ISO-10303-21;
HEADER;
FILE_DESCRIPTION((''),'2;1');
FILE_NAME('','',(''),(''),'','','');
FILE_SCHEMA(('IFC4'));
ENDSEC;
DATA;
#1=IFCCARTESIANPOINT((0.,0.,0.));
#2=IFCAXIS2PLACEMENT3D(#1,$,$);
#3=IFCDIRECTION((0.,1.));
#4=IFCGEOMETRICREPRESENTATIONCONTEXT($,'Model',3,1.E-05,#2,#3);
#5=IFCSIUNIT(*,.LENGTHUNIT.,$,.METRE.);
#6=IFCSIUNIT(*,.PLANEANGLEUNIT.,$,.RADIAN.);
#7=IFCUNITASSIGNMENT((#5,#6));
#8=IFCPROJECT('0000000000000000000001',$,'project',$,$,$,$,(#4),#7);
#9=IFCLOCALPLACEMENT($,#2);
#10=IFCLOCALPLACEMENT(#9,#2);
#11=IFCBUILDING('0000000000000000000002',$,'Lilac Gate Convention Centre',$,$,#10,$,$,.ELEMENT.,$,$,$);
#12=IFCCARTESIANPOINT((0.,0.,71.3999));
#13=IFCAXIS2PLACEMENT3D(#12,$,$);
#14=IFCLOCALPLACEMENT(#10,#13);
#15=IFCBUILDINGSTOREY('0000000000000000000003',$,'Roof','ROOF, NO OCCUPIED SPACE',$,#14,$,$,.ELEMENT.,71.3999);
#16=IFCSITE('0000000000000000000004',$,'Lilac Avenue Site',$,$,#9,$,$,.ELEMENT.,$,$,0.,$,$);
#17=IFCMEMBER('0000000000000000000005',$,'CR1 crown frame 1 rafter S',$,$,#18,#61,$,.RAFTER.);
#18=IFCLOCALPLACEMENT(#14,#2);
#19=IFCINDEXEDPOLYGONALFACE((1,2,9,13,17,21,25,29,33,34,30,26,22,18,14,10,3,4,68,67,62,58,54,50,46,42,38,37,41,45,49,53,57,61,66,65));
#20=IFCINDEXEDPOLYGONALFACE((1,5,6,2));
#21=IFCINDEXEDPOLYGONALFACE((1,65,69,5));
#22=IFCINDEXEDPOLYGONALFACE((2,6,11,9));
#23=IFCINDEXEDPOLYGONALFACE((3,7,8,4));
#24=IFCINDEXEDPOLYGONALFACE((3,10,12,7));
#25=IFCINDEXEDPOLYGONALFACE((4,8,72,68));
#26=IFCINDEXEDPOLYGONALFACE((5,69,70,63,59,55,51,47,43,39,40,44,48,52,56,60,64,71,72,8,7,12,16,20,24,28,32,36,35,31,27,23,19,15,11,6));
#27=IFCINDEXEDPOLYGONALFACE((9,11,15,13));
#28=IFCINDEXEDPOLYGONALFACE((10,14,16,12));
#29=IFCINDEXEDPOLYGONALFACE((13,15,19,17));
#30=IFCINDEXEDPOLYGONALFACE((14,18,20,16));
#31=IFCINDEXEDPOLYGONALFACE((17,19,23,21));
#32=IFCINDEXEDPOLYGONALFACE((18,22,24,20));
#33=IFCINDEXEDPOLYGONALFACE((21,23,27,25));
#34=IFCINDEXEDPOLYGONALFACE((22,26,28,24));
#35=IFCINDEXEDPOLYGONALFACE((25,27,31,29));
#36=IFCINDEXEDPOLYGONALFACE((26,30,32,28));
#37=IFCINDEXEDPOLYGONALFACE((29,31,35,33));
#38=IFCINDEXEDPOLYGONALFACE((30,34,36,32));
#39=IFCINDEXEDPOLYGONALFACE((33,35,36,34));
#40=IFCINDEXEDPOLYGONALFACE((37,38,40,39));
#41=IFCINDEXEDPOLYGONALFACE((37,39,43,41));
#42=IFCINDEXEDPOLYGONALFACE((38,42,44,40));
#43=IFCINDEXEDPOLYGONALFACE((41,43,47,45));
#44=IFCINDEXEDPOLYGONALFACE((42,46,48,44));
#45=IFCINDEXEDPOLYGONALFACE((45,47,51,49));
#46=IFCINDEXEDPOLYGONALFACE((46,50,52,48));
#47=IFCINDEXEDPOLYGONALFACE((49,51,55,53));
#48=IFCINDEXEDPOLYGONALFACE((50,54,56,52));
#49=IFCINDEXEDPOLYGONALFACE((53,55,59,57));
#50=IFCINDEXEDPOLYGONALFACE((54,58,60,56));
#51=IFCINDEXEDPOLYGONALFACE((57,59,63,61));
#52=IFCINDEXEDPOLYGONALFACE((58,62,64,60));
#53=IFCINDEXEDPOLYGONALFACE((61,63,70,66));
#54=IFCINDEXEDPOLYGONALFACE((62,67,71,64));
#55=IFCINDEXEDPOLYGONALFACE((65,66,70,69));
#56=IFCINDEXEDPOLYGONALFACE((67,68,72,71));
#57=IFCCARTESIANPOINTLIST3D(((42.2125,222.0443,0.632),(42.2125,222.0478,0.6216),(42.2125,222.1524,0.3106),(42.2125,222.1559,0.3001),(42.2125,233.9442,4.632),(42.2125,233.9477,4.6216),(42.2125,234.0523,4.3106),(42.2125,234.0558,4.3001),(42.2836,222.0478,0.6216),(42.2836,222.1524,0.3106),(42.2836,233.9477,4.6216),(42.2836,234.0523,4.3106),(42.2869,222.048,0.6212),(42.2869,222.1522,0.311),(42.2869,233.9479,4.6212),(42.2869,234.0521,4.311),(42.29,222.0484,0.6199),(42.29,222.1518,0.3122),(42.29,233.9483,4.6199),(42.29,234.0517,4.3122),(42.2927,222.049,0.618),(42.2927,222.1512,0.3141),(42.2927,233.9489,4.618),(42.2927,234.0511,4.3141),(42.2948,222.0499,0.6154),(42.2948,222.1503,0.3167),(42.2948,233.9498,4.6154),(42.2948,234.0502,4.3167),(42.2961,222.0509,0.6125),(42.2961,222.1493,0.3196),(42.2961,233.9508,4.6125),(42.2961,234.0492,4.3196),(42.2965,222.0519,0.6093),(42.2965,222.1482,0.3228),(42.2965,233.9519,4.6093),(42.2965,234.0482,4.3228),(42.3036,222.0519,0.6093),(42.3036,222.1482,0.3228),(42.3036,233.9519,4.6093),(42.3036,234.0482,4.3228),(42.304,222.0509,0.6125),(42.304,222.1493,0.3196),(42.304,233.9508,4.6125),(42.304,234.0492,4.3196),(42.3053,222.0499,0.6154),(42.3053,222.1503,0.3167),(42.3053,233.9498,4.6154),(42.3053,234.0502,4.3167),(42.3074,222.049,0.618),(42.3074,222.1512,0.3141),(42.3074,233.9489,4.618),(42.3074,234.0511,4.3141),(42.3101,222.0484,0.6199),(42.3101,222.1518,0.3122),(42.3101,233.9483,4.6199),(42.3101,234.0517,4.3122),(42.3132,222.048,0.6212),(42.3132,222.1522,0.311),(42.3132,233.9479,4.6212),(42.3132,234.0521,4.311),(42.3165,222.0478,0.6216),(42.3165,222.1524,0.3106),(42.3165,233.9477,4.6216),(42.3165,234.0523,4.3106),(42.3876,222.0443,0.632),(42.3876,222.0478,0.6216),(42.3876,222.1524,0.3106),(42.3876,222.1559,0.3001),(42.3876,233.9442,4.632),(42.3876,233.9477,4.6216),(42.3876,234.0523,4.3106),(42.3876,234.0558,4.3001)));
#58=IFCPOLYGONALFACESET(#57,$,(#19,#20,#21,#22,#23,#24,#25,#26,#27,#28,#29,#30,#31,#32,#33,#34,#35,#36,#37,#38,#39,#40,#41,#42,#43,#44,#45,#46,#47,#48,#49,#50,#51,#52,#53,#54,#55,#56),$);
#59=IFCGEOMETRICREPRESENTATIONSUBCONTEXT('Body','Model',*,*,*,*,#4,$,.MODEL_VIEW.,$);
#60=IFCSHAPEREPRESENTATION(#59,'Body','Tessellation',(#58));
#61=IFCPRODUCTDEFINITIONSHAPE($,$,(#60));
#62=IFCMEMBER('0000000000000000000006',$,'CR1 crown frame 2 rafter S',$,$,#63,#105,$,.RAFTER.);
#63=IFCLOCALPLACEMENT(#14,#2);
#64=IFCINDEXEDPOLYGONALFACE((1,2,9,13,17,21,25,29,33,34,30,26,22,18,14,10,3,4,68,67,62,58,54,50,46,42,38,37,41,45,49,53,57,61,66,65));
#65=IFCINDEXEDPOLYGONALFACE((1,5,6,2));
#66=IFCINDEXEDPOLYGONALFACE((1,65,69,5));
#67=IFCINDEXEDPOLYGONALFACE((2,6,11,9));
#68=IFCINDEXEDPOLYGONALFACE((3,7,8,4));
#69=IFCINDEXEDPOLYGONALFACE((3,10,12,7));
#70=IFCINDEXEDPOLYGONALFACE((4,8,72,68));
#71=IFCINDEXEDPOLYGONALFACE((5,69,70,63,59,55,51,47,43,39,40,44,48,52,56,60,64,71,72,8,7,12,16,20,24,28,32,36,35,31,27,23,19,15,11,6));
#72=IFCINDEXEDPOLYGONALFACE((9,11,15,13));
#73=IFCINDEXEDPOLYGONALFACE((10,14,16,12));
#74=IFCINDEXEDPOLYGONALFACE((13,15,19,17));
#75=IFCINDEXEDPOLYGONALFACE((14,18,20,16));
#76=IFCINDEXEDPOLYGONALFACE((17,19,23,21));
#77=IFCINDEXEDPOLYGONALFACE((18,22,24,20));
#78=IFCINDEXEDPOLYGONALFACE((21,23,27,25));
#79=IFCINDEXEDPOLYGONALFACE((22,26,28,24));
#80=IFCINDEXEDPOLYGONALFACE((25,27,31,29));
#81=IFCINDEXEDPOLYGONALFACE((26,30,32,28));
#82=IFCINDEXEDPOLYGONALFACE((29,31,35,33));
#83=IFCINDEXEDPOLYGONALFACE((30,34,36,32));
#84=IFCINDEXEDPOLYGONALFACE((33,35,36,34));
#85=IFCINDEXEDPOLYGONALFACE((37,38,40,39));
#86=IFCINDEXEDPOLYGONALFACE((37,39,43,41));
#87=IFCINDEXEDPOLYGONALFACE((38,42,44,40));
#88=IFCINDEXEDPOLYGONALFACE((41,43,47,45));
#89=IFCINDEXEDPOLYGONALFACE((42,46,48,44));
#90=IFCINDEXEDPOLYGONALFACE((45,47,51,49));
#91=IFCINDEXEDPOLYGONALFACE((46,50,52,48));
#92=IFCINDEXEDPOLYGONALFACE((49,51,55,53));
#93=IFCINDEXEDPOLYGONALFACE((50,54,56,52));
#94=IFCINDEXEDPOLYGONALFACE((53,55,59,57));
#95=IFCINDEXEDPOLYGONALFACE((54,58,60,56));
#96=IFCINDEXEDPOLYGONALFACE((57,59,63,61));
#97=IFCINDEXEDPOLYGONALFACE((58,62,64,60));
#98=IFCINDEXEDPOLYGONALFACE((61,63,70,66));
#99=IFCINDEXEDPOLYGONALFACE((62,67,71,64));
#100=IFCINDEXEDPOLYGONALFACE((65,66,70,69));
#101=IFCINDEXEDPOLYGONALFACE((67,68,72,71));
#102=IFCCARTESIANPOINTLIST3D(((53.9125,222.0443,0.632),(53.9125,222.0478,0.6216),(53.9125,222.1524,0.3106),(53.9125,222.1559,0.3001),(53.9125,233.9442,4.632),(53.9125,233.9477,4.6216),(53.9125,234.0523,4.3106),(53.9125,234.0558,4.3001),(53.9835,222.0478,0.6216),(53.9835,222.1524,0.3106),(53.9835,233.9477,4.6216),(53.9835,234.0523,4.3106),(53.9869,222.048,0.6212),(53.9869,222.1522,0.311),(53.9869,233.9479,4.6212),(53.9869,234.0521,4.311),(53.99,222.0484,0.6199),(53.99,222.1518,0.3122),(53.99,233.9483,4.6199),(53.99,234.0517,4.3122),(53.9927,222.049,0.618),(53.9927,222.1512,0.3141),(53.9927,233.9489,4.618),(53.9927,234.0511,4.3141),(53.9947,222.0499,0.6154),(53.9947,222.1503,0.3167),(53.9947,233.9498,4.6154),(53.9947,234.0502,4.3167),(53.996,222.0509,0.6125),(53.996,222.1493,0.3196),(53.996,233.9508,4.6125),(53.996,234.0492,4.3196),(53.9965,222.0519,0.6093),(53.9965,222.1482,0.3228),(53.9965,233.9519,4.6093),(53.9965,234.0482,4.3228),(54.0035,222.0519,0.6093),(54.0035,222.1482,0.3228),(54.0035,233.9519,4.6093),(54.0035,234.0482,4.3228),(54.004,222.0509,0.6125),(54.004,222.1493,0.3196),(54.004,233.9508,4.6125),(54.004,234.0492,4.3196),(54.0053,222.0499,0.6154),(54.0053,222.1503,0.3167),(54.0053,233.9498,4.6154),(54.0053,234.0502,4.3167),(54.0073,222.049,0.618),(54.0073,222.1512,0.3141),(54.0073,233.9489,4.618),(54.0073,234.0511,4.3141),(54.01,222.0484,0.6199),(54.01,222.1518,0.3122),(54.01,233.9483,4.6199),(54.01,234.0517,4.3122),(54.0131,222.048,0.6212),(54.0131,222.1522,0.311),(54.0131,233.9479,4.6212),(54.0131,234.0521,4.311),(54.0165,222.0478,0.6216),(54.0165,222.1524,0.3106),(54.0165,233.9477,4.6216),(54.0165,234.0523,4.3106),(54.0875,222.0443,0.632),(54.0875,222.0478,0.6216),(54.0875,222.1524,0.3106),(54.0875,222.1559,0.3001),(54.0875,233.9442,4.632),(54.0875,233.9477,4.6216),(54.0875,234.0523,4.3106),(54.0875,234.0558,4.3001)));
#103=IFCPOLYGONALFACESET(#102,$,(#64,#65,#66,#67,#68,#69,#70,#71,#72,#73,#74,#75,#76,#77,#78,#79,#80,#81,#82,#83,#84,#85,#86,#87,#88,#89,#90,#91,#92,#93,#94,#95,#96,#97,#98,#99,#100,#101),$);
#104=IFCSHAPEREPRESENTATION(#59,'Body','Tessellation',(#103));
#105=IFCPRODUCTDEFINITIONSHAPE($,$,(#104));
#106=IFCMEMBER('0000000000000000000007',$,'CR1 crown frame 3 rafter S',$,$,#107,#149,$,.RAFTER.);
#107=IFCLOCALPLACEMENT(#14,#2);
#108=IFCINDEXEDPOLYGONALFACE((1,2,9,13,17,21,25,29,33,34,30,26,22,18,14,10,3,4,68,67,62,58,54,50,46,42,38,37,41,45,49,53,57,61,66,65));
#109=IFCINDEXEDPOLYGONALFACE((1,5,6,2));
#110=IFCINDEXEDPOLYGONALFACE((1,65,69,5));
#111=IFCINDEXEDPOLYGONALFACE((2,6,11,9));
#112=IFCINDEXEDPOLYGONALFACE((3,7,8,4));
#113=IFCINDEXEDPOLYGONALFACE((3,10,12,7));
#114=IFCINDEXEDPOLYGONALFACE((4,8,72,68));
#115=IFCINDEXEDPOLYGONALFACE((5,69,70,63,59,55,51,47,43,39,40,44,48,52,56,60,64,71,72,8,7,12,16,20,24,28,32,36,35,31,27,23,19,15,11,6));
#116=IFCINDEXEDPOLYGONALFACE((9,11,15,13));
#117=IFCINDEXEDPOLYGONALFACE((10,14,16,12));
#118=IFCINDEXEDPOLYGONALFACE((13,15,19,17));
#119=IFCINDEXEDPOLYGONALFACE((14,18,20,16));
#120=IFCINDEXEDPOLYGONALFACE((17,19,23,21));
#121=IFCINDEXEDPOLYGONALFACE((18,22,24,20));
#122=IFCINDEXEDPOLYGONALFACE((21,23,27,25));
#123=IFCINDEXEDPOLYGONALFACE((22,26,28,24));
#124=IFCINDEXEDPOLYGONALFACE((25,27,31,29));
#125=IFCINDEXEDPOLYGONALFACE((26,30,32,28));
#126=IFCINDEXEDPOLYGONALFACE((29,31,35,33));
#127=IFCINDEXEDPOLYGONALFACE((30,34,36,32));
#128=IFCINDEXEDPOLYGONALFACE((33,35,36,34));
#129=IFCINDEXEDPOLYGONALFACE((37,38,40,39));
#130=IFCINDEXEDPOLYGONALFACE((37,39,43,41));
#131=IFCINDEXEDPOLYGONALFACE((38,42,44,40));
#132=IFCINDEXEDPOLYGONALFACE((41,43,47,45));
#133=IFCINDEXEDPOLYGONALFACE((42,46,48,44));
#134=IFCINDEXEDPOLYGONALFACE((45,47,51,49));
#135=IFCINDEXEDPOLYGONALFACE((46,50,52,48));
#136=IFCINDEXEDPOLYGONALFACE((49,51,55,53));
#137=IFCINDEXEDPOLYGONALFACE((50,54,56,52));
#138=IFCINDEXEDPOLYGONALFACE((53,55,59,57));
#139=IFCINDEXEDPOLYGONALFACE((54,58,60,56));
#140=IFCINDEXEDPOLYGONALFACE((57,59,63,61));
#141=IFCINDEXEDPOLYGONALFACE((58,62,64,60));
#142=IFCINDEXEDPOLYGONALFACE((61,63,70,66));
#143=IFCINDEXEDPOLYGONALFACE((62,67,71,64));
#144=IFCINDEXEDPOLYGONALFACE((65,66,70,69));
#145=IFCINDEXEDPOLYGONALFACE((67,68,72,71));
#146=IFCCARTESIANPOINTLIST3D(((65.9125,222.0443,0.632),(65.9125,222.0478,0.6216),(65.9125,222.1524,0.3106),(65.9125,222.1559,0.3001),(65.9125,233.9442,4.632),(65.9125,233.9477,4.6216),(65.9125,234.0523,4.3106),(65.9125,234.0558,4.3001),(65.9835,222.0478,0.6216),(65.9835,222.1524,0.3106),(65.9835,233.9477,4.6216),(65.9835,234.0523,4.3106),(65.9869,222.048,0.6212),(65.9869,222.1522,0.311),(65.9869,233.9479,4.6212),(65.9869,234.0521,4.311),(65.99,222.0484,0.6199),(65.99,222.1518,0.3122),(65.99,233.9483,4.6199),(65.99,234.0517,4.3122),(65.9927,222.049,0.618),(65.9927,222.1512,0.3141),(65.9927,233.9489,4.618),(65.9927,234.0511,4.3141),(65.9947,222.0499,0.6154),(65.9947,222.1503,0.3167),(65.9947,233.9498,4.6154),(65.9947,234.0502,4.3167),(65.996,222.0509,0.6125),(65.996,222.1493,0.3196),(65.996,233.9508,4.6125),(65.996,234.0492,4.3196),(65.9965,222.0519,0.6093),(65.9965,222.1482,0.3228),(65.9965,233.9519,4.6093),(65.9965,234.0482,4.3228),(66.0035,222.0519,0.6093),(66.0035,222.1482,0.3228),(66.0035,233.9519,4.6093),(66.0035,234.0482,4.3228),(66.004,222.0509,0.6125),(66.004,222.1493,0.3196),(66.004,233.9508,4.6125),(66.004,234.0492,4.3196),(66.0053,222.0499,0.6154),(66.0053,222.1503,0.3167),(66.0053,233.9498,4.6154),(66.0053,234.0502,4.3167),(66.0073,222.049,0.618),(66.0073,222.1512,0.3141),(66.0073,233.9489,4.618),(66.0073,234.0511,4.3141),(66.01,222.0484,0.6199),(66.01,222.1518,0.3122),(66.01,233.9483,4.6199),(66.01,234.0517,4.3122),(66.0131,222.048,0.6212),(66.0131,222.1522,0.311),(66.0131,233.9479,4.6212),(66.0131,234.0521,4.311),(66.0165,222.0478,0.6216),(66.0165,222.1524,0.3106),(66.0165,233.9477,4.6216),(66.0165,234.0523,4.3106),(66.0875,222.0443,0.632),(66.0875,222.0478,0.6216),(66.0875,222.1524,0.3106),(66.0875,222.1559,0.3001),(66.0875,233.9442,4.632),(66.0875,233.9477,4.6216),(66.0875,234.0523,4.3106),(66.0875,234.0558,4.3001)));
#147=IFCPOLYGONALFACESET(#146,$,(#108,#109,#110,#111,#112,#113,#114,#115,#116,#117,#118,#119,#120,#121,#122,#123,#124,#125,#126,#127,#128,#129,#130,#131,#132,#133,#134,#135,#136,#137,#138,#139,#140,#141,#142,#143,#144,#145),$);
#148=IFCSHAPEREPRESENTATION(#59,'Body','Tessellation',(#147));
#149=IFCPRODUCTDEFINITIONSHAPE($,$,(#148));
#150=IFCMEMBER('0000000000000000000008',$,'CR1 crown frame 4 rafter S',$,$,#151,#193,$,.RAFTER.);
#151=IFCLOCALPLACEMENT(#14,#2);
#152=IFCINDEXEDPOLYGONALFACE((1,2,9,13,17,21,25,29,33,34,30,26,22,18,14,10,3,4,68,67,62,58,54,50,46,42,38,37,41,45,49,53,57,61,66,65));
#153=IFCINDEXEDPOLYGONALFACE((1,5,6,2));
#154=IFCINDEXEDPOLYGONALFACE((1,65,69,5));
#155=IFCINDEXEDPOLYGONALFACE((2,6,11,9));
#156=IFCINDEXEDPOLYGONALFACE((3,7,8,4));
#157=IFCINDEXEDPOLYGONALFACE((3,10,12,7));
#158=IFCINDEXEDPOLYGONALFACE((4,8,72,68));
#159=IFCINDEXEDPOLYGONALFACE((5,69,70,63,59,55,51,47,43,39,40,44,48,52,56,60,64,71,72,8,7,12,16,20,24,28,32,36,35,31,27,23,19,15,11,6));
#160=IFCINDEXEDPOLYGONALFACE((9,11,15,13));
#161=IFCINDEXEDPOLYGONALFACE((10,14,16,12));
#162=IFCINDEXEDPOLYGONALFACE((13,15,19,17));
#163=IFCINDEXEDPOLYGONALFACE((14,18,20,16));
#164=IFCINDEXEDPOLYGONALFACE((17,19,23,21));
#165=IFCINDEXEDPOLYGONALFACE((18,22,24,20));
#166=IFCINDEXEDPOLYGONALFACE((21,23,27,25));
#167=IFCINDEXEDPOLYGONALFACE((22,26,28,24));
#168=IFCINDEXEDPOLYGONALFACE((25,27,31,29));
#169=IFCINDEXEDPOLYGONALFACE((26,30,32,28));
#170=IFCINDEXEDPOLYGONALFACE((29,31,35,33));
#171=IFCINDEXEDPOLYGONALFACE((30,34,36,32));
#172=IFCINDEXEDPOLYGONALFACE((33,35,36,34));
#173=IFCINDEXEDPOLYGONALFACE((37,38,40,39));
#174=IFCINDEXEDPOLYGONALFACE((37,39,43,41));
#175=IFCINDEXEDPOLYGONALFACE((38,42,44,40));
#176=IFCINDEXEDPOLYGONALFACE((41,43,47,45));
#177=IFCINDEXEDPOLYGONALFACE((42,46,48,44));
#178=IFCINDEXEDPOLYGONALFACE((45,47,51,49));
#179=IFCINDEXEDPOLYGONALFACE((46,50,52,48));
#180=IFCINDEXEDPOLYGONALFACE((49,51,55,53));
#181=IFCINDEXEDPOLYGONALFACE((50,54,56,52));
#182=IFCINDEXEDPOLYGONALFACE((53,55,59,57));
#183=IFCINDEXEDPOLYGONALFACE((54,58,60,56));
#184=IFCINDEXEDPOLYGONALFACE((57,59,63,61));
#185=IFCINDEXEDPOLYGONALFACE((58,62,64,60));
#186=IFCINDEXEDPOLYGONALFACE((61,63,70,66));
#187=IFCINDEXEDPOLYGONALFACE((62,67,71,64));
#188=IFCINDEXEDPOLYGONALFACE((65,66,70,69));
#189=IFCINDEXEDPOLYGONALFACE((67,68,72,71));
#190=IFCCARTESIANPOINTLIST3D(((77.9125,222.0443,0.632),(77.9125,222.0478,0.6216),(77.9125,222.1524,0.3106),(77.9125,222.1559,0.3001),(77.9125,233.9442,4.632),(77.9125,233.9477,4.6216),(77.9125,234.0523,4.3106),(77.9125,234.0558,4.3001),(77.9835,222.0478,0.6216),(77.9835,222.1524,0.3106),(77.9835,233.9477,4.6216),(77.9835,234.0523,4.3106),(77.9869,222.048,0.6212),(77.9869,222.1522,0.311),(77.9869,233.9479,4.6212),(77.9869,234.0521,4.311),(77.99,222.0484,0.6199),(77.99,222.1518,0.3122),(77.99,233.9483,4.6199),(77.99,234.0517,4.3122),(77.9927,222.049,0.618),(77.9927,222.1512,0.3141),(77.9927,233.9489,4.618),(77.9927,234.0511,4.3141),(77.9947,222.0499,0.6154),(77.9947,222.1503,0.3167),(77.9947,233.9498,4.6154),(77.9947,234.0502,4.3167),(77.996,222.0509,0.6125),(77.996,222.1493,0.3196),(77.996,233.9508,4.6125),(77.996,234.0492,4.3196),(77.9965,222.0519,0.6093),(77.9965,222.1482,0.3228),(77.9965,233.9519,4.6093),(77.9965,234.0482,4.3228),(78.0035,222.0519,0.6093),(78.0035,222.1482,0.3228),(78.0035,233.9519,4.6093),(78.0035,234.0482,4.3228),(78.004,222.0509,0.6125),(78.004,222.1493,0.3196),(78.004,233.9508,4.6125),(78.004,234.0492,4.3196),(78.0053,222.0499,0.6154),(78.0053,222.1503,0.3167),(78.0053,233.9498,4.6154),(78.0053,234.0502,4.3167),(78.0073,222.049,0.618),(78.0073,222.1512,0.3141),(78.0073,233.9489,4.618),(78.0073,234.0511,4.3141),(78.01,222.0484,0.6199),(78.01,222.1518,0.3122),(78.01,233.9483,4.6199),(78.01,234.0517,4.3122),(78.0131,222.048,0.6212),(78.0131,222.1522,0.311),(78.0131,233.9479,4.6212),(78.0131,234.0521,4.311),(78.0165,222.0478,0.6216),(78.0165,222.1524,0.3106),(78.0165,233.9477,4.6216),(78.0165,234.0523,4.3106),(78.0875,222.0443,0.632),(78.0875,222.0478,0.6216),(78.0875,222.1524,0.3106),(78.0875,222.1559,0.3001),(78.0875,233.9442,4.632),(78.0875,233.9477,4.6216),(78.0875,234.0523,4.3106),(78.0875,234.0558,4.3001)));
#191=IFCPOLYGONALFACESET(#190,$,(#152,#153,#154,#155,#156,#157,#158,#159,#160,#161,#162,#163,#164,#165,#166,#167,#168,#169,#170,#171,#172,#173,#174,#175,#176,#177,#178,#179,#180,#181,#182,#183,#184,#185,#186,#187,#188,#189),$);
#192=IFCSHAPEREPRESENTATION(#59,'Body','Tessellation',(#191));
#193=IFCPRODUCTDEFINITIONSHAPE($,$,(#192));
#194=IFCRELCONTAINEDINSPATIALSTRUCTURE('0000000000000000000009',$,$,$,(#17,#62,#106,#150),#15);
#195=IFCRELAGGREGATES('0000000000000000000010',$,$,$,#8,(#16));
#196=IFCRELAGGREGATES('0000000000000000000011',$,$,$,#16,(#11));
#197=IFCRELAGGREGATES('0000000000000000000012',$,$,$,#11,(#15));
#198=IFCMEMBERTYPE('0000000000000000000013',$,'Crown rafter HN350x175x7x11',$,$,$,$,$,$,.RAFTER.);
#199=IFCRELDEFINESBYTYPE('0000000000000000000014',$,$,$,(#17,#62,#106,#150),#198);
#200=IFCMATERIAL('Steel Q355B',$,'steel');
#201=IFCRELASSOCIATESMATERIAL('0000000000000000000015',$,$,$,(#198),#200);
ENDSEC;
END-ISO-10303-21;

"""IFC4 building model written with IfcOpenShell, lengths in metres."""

from ifc_helpers import new_model, si_unit, direction, frame, origin, origin_2d, place, context, subcontext, project, spatial, i_section, extrude, material, material_profile, profile_set, type_object, element, save


model = new_model("IFC4")

# Units and contexts
model_context = context("Model", 3, precision=1e-05, world=origin(), true_north=direction((0.0, 1.0)))
body_context = subcontext(model_context, "Body", "Model", "MODEL_VIEW")
ifc_project = project(units=[si_unit("LENGTHUNIT", "METRE"), si_unit("PLANEANGLEUNIT", "RADIAN")], contexts=[model_context])

# Site, building, storey
site_placement = place(None, origin())
site = spatial("IfcSite", under=ifc_project, at=site_placement, Name="Lilac Avenue Site", CompositionType="ELEMENT", RefElevation=0.0)
building_placement = place(site_placement, origin())
building = spatial("IfcBuilding", under=site, at=building_placement, Name="Lilac Gate Convention Centre", CompositionType="ELEMENT")
storey_placement = place(building_placement, frame((0.0, 0.0, 71.3999)))
storey = spatial("IfcBuildingStorey", under=building, at=storey_placement, Name="Roof", Description="ROOF, NO OCCUPIED SPACE", CompositionType="ELEMENT", Elevation=71.3999)

# Members
ifc_material_1 = material(Name="Steel Q355B", Category="steel")
ifc_material_profile_1 = material_profile(ifc_material_1, i_section(OverallWidth=0.175, OverallDepth=0.3501, WebThickness=0.0071, FlangeThickness=0.011, FilletRadius=0.0129, at=origin_2d()), Name="HN350x175x7x11")
ifc_profile_set_1 = profile_set([ifc_material_profile_1], Name="Steel Q355B")
member_type_1 = type_object("IfcMemberType", Name="Crown rafter HN350x175x7x11", PredefinedType="RAFTER", material=ifc_profile_set_1)
for number, where, z_axis, x_axis, name in (
    (1, (42.3, 222.1001, 0.4661), (0.0, 0.947883, 0.318619), (-1.0, 0.0, 0.0), "CR1 crown frame 1 rafter S"),
    (2, (54.0, 222.1001, 0.4661), (0.0, 0.947883, 0.318619), (-1.0, 0.0, 0.0), "CR1 crown frame 2 rafter S"),
    (3, (66.0, 222.1001, 0.4661), (0.0, 0.947883, 0.318619), (-1.0, 0.0, 0.0), "CR1 crown frame 3 rafter S"),
    (4, (78.0, 222.1001, 0.4661), (0.0, 0.947883, 0.318619), (-1.0, 0.0, 0.0), "CR1 crown frame 4 rafter S"),
):
    element("IfcMember", number, at=place(storey_placement, frame(where, z_axis=z_axis, x_axis=x_axis)), inside=storey, type_object=member_type_1, Name=name, PredefinedType="RAFTER", context=body_context, shape_type="SweptSolid", body=[
        extrude(i_section(OverallWidth=0.175, OverallDepth=0.3501, WebThickness=0.0071, FlangeThickness=0.011, FilletRadius=0.0129, at=origin_2d()), origin(), (0.0, 0.0, 1.0), 12.5542),
    ])

save(model, "model.ifc")
